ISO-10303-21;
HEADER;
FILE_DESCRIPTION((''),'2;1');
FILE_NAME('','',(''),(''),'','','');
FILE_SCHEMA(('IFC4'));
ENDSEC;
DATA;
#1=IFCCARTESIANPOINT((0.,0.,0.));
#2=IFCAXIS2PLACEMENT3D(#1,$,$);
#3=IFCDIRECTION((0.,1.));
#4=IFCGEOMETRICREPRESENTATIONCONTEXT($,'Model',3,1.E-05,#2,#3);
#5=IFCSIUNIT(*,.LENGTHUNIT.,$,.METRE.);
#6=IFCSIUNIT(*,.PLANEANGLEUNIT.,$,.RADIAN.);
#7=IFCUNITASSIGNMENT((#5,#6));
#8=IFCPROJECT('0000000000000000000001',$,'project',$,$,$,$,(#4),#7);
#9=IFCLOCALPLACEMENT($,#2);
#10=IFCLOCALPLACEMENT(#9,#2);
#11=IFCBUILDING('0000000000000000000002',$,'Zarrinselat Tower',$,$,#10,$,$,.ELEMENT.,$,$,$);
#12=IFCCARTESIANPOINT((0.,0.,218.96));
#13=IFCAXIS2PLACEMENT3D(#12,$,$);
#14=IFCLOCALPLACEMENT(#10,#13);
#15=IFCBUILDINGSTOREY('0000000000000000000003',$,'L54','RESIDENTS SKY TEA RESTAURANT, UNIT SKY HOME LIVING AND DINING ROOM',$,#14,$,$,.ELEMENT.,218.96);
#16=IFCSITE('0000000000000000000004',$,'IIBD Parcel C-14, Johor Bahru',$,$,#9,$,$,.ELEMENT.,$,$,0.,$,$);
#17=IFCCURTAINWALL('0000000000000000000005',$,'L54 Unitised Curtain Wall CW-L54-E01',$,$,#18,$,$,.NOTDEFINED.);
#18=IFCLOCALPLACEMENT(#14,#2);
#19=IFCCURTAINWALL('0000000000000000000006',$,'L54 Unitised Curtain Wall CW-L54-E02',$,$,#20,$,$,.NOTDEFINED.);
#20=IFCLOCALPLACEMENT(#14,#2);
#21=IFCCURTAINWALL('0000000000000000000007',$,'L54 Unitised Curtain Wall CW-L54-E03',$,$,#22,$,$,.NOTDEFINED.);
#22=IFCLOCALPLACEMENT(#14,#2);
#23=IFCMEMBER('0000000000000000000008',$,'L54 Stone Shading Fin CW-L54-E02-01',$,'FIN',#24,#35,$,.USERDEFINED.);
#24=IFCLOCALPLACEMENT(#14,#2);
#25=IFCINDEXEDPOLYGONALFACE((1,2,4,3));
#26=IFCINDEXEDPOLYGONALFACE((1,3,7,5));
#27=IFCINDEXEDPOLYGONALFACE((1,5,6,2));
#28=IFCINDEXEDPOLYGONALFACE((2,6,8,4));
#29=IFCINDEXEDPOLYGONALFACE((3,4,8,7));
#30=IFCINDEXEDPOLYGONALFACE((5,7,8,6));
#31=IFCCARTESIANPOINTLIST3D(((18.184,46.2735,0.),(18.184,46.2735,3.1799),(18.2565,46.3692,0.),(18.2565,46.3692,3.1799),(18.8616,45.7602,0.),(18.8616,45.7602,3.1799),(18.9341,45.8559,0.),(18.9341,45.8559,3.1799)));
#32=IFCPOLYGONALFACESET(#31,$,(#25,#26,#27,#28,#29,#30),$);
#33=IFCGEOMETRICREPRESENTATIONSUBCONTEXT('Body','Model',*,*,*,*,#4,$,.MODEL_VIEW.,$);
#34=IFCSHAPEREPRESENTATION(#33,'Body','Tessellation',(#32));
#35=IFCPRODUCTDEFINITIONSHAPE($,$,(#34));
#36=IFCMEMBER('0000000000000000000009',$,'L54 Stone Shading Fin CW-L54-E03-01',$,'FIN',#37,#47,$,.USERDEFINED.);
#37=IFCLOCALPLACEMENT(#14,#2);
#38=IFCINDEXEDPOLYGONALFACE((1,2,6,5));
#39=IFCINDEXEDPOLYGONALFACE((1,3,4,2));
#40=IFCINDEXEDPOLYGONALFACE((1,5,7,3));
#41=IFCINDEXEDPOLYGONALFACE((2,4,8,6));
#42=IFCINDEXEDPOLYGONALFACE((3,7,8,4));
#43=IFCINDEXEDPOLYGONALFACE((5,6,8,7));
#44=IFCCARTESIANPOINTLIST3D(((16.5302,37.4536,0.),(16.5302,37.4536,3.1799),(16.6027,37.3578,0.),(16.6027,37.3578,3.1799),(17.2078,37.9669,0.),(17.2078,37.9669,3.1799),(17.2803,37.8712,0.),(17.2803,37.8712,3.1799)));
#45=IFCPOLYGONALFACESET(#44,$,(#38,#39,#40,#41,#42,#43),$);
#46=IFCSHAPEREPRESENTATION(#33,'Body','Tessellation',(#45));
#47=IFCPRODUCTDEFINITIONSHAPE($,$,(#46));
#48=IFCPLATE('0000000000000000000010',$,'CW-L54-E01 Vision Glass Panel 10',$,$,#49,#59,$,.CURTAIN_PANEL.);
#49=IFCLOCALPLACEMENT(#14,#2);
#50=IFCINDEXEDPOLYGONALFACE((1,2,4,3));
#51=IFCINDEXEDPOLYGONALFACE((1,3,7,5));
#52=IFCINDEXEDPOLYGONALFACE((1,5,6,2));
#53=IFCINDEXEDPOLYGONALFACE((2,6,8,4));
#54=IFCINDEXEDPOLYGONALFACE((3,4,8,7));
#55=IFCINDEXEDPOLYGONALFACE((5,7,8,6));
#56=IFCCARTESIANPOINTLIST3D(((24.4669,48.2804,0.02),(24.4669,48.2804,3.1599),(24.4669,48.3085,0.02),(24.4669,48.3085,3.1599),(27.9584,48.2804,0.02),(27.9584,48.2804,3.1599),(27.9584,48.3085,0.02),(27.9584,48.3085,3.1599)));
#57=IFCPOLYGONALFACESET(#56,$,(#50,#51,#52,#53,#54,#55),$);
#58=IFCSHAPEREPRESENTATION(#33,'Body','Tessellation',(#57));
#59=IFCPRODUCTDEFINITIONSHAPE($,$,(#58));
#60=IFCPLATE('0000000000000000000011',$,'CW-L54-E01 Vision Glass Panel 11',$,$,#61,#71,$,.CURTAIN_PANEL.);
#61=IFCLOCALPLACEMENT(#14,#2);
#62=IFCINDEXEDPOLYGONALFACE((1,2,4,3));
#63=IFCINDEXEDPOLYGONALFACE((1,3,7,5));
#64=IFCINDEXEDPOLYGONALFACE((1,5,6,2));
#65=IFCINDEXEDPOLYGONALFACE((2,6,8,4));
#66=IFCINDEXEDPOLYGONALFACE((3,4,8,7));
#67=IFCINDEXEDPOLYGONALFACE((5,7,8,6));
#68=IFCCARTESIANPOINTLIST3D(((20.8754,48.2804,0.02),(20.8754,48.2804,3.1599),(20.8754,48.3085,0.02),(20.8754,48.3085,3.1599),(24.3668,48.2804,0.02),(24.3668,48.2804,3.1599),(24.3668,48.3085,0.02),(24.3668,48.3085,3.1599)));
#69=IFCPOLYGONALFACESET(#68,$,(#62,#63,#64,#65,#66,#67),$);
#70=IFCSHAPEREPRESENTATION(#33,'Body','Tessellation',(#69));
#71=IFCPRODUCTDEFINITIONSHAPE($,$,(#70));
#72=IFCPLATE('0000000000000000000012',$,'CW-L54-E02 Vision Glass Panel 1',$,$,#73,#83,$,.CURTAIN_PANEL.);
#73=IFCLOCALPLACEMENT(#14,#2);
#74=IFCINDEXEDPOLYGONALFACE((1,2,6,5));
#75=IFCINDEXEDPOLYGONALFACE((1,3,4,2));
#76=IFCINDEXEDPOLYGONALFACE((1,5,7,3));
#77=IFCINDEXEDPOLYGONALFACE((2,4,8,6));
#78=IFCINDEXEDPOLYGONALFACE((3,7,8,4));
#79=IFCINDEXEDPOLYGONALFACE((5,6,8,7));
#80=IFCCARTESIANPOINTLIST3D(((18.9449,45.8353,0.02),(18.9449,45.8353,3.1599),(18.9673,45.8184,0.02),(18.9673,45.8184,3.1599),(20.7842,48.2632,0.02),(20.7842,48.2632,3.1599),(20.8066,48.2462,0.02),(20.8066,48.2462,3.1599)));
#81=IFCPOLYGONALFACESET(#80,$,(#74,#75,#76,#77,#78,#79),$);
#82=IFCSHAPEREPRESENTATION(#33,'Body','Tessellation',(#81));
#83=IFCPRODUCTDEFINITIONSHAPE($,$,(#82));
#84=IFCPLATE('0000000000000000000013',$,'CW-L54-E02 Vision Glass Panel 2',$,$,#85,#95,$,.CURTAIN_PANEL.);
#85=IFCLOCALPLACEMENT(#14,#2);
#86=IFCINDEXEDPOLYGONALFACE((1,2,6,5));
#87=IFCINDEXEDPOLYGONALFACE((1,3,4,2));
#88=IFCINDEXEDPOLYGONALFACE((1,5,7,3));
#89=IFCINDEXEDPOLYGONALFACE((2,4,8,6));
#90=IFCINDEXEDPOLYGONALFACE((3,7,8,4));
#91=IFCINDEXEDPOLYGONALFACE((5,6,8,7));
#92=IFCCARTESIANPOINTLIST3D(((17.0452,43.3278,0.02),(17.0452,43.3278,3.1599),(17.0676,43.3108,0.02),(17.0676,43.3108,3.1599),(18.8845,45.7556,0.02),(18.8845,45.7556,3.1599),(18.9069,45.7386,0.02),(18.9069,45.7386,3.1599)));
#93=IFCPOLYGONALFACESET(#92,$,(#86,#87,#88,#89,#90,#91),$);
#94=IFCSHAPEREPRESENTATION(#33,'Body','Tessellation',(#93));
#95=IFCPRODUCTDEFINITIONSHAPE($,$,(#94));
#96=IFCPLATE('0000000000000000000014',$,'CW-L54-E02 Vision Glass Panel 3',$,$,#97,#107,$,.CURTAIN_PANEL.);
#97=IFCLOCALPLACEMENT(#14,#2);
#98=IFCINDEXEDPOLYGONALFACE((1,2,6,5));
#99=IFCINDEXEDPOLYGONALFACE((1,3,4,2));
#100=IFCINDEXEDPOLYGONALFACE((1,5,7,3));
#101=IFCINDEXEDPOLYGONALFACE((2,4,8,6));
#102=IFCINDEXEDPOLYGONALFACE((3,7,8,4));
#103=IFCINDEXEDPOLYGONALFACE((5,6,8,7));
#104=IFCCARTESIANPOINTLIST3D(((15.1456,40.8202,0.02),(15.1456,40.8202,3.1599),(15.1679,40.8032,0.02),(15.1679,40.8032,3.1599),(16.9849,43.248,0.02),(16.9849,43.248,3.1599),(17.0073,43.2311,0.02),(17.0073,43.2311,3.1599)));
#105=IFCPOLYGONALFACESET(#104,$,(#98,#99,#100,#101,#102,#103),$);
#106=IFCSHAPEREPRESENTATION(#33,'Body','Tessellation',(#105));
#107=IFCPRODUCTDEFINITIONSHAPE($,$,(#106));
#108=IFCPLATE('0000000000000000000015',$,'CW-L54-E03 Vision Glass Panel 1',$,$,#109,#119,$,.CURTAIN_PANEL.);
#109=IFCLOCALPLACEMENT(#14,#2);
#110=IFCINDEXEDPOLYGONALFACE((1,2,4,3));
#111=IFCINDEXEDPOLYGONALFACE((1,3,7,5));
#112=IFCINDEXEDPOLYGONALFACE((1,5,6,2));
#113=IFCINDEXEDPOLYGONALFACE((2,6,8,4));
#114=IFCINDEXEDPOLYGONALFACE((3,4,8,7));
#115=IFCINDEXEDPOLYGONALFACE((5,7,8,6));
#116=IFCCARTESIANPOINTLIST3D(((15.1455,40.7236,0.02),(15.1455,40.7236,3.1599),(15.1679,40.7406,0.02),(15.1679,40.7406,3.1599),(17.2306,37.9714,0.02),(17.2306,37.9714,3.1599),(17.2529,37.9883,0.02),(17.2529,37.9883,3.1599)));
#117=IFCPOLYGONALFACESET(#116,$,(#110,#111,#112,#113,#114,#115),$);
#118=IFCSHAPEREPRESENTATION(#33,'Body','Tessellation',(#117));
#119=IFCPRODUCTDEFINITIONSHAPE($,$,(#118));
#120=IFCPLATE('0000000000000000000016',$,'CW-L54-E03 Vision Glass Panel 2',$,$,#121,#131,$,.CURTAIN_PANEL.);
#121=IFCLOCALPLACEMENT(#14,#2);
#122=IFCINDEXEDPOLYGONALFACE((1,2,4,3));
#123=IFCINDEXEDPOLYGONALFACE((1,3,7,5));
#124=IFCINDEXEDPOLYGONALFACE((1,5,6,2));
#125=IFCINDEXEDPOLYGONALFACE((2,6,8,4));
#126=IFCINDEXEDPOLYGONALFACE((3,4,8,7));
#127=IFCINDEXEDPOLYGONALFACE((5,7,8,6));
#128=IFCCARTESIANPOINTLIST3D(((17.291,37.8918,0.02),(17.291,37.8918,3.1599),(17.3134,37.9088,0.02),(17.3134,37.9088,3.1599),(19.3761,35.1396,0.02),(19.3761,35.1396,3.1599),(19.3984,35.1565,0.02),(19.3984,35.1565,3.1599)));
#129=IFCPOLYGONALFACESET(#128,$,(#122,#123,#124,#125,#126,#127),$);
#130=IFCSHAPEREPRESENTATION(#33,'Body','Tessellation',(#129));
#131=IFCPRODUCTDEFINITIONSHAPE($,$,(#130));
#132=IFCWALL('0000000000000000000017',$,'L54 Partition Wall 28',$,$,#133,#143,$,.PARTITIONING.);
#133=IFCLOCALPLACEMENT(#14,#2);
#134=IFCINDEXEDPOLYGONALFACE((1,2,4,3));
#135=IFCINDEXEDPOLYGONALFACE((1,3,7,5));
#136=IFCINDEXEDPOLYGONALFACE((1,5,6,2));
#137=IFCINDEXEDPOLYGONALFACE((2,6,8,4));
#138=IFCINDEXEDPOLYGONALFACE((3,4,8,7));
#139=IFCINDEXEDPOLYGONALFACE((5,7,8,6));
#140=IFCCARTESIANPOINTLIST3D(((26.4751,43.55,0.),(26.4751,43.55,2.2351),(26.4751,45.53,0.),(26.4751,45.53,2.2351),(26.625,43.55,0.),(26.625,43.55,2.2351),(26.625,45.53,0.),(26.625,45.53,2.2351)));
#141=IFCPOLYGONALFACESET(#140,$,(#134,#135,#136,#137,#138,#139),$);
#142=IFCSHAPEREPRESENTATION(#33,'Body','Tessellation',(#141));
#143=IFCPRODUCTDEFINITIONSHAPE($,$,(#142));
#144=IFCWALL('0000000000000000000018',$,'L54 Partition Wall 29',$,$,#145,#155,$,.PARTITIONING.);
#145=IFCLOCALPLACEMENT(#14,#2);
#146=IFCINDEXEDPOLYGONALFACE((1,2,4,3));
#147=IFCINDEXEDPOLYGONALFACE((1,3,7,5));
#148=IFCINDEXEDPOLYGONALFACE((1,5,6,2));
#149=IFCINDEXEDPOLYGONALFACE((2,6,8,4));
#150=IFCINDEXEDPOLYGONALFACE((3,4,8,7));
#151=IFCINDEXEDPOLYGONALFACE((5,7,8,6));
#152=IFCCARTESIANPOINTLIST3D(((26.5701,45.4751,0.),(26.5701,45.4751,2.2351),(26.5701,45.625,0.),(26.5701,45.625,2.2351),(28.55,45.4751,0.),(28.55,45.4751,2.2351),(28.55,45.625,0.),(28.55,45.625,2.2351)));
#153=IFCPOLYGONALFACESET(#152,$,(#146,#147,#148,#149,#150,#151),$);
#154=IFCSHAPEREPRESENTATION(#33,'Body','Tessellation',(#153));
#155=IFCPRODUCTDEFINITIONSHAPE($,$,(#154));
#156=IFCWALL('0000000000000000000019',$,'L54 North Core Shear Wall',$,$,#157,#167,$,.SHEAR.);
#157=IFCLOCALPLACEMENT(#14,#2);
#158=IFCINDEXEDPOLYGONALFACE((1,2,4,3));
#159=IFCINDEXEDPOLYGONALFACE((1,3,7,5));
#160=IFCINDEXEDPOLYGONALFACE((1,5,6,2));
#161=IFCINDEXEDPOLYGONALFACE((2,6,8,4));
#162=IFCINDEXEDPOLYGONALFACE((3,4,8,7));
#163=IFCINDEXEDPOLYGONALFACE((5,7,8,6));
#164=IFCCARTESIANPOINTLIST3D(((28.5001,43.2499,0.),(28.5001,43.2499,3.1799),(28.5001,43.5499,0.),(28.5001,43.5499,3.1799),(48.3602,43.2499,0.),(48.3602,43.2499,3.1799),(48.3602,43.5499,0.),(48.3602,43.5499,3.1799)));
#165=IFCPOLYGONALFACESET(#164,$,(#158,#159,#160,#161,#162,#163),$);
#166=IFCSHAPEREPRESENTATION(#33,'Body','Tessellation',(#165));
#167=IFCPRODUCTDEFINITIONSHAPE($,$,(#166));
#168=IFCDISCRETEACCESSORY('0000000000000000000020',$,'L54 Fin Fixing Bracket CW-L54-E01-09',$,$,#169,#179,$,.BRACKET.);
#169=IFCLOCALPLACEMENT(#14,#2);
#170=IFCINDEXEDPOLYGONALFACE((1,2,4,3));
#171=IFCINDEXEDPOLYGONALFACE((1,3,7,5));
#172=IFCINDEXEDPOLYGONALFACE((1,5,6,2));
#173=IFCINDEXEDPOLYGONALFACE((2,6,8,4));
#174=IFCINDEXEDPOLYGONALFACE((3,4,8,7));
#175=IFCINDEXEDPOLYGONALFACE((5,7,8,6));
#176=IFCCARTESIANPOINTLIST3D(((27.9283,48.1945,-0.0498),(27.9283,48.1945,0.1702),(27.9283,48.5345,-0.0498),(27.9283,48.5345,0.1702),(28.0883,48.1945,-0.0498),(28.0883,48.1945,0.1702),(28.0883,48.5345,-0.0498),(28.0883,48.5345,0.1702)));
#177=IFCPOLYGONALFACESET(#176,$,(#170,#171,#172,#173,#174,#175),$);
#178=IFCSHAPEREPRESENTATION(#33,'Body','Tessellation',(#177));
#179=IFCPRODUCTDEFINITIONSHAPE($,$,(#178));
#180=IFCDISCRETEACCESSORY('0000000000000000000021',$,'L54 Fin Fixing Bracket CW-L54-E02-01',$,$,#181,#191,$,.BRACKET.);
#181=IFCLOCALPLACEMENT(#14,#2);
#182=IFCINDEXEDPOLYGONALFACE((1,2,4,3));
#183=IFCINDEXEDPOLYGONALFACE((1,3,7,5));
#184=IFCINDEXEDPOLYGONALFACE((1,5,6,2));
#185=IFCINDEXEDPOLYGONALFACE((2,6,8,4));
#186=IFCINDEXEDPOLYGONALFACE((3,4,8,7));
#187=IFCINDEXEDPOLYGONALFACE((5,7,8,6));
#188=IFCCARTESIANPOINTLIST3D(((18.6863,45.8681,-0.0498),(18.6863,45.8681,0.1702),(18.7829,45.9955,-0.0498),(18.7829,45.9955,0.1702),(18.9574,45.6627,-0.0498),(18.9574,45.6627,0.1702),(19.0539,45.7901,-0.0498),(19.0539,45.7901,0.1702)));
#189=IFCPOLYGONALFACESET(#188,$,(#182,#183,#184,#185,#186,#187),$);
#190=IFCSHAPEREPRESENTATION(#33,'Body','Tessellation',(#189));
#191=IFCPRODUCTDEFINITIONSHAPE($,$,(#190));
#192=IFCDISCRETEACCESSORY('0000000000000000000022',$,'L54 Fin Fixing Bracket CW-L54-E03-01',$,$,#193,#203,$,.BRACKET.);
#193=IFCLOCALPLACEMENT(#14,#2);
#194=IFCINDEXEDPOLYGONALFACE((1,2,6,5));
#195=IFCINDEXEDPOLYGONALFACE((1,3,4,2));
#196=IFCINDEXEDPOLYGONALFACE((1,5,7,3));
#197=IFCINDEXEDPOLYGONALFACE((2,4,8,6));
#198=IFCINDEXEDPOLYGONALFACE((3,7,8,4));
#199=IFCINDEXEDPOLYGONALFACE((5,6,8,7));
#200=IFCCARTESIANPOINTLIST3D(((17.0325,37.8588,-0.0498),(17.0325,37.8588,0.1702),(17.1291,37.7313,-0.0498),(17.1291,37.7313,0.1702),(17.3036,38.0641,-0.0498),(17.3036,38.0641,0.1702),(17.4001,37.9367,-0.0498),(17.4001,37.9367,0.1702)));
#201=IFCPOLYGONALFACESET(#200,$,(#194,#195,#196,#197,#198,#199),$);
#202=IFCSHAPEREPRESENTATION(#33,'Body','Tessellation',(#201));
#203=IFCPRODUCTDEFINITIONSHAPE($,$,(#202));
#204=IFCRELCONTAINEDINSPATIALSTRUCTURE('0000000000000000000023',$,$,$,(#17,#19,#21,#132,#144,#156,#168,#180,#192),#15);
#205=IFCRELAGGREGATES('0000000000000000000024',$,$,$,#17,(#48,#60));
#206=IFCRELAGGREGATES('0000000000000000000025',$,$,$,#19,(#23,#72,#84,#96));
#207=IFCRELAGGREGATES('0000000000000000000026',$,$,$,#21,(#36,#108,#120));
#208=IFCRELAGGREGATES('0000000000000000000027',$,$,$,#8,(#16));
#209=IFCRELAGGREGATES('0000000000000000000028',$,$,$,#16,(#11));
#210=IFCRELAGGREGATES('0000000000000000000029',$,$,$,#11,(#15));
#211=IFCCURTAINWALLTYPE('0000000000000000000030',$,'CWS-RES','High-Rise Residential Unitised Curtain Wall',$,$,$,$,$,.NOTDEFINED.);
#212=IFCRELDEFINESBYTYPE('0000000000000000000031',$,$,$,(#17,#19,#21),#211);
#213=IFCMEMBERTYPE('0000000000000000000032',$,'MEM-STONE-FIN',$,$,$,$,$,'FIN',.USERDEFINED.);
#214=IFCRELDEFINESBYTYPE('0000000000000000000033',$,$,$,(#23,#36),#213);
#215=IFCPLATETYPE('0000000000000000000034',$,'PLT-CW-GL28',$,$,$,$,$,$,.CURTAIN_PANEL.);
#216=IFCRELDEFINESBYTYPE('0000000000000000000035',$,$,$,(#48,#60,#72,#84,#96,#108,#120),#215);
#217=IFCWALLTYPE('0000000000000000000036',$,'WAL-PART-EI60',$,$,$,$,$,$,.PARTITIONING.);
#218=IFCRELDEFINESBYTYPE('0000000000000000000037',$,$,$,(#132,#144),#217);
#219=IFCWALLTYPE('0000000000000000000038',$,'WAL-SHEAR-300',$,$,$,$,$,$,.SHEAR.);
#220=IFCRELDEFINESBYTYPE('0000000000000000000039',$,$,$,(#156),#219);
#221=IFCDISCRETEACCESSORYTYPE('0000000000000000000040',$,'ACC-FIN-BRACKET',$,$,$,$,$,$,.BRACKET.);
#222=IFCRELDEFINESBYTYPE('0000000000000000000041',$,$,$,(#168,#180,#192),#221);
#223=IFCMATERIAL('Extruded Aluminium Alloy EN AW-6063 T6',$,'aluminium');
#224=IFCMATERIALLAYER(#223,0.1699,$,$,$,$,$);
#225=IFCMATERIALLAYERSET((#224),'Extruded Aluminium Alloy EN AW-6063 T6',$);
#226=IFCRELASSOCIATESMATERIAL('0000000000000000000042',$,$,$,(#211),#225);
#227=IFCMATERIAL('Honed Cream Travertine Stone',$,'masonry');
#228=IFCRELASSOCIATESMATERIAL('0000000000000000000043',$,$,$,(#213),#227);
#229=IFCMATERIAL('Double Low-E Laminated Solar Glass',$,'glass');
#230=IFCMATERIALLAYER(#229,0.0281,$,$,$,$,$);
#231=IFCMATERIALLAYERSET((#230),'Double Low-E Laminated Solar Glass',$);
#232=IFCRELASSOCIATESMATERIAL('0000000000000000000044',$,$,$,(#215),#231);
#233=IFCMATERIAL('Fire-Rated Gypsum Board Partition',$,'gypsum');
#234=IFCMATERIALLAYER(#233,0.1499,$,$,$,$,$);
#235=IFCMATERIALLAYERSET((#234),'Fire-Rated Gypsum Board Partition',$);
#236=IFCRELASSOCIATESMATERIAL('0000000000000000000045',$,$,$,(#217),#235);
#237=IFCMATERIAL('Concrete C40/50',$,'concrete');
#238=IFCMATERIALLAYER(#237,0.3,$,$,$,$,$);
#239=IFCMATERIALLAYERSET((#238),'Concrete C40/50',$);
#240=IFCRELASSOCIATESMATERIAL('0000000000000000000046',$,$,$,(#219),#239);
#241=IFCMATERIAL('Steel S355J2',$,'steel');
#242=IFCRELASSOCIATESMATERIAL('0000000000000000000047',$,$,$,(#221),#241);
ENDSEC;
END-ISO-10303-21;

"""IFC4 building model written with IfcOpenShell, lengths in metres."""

from ifc_helpers import new_model, si_unit, direction, frame, frame_2d, origin, origin_2d, place, context, subcontext, project, spatial, rectangle, extrude, material, layer, layer_set, material_profile, profile_set, type_object, element, aggregate, save


model = new_model("IFC4")

# Units and contexts
model_context = context("Model", 3, precision=1e-05, world=origin(), true_north=direction((0.0, 1.0)))
body_context = subcontext(model_context, "Body", "Model", "MODEL_VIEW")
ifc_project = project(units=[si_unit("LENGTHUNIT", "METRE"), si_unit("PLANEANGLEUNIT", "RADIAN")], contexts=[model_context])

# Site, building, storey
site_placement = place(None, origin())
site = spatial("IfcSite", under=ifc_project, at=site_placement, Name="IIBD Parcel C-14, Johor Bahru", CompositionType="ELEMENT", RefElevation=0.0)
building_placement = place(site_placement, origin())
building = spatial("IfcBuilding", under=site, at=building_placement, Name="Zarrinselat Tower", CompositionType="ELEMENT")
storey_placement = place(building_placement, frame((0.0, 0.0, 218.96)))
storey = spatial("IfcBuildingStorey", under=building, at=storey_placement, Name="L54", Description="RESIDENTS SKY TEA RESTAURANT, UNIT SKY HOME LIVING AND DINING ROOM", CompositionType="ELEMENT", Elevation=218.96)

# Curtain walls
ifc_material_1 = material(Name="Extruded Aluminium Alloy EN AW-6063 T6", Category="aluminium")
ifc_layer_1 = layer(ifc_material_1, 0.1699)
ifc_layer_set_1 = layer_set([ifc_layer_1], Name="Extruded Aluminium Alloy EN AW-6063 T6")
curtain_wall_type = type_object("IfcCurtainWallType", Name="CWS-RES", Description="High-Rise Residential Unitised Curtain Wall", PredefinedType="NOTDEFINED", material=ifc_layer_set_1)
curtain_wall_1_placement = place(storey_placement, origin())
curtain_wall_1 = element("IfcCurtainWall", 1, at=curtain_wall_1_placement, inside=storey, type_object=curtain_wall_type, Name="L54 Unitised Curtain Wall CW-L54-E01", PredefinedType="NOTDEFINED")
curtain_wall_2_placement = place(storey_placement, origin())
curtain_wall_2 = element("IfcCurtainWall", 2, at=curtain_wall_2_placement, inside=storey, type_object=curtain_wall_type, Name="L54 Unitised Curtain Wall CW-L54-E02", PredefinedType="NOTDEFINED")
curtain_wall_3_placement = place(storey_placement, origin())
curtain_wall_3 = element("IfcCurtainWall", 3, at=curtain_wall_3_placement, inside=storey, type_object=curtain_wall_type, Name="L54 Unitised Curtain Wall CW-L54-E03", PredefinedType="NOTDEFINED")

# Members
ifc_material_2 = material(Name="Honed Cream Travertine Stone", Category="masonry")
ifc_material_profile_1 = material_profile(ifc_material_2, rectangle(XDim=0.1201, YDim=0.8501, at=origin_2d()), Name="FIN 850x120")
ifc_profile_set_1 = profile_set([ifc_material_profile_1], Name="Honed Cream Travertine Stone")
member_type_1 = type_object("IfcMemberType", Name="MEM-STONE-FIN", ElementType="FIN", PredefinedType="USERDEFINED", material=ifc_profile_set_1)
member_1_placement = place(storey_placement, frame((18.5591, 46.0647, 0.0), z_axis=(0.0, 0.0, 1.0), x_axis=(0.603865, 0.797086, 0.0)))
member_1 = element("IfcMember", 4, at=member_1_placement, type_object=member_type_1, Name="L54 Stone Shading Fin CW-L54-E02-01", ObjectType="FIN", PredefinedType="USERDEFINED", context=body_context, shape_type="SweptSolid", body=[
    extrude(rectangle(XDim=0.1201, YDim=0.8501, at=origin_2d()), origin(), (0.0, 0.0, 1.0), 3.1799),
])
member_2_placement = place(storey_placement, frame((16.9053, 37.6624, 0.0), z_axis=(0.0, 0.0, 1.0), x_axis=(-0.60386, 0.797091, 0.0)))
member_2 = element("IfcMember", 5, at=member_2_placement, type_object=member_type_1, Name="L54 Stone Shading Fin CW-L54-E03-01", ObjectType="FIN", PredefinedType="USERDEFINED", context=body_context, shape_type="SweptSolid", body=[
    extrude(rectangle(XDim=0.1201, YDim=0.8501, at=origin_2d()), origin(), (0.0, 0.0, 1.0), 3.1799),
])

# Plates
ifc_material_3 = material(Name="Double Low-E Laminated Solar Glass", Category="glass")
ifc_layer_2 = layer(ifc_material_3, 0.0281)
ifc_layer_set_2 = layer_set([ifc_layer_2], Name="Double Low-E Laminated Solar Glass")
plate_type = type_object("IfcPlateType", Name="PLT-CW-GL28", PredefinedType="CURTAIN_PANEL", material=ifc_layer_set_2)
plate_1_placement = place(storey_placement, frame((26.2126, 48.2944, 0.02), z_axis=(0.0, 0.0, 1.0), x_axis=(-1.0, 0.0, 0.0)))
plate_1 = element("IfcPlate", 6, at=plate_1_placement, type_object=plate_type, Name="CW-L54-E01 Vision Glass Panel 10", PredefinedType="CURTAIN_PANEL", context=body_context, shape_type="SweptSolid", body=[
    extrude(rectangle(XDim=3.4915, YDim=0.0281, at=origin_2d()), origin(), (0.0, 0.0, 1.0), 3.1399),
])
plate_2_placement = place(storey_placement, frame((22.6211, 48.2944, 0.02), z_axis=(0.0, 0.0, 1.0), x_axis=(-1.0, 0.0, 0.0)))
plate_2 = element("IfcPlate", 7, at=plate_2_placement, type_object=plate_type, Name="CW-L54-E01 Vision Glass Panel 11", PredefinedType="CURTAIN_PANEL", context=body_context, shape_type="SweptSolid", body=[
    extrude(rectangle(XDim=3.4915, YDim=0.0281, at=origin_2d()), origin(), (0.0, 0.0, 1.0), 3.1399),
])
aggregate(curtain_wall_1, [plate_1, plate_2])
plate_3_placement = place(storey_placement, frame((19.8757, 47.0408, 0.02), z_axis=(0.0, 0.0, 1.0), x_axis=(-0.603865, -0.797086, 0.0)))
plate_3 = element("IfcPlate", 8, at=plate_3_placement, type_object=plate_type, Name="CW-L54-E02 Vision Glass Panel 1", PredefinedType="CURTAIN_PANEL", context=body_context, shape_type="SweptSolid", body=[
    extrude(rectangle(XDim=3.0459, YDim=0.0281, at=origin_2d()), origin(), (0.0, 0.0, 1.0), 3.1399),
])
plate_4_placement = place(storey_placement, frame((17.9761, 44.5332, 0.02), z_axis=(0.0, 0.0, 1.0), x_axis=(-0.603865, -0.797086, 0.0)))
plate_4 = element("IfcPlate", 9, at=plate_4_placement, type_object=plate_type, Name="CW-L54-E02 Vision Glass Panel 2", PredefinedType="CURTAIN_PANEL", context=body_context, shape_type="SweptSolid", body=[
    extrude(rectangle(XDim=3.0459, YDim=0.0281, at=origin_2d()), origin(), (0.0, 0.0, 1.0), 3.1399),
])
plate_5_placement = place(storey_placement, frame((16.0764, 42.0256, 0.02), z_axis=(0.0, 0.0, 1.0), x_axis=(-0.603865, -0.797086, 0.0)))
plate_5 = element("IfcPlate", 10, at=plate_5_placement, type_object=plate_type, Name="CW-L54-E02 Vision Glass Panel 3", PredefinedType="CURTAIN_PANEL", context=body_context, shape_type="SweptSolid", body=[
    extrude(rectangle(XDim=3.0459, YDim=0.0281, at=origin_2d()), origin(), (0.0, 0.0, 1.0), 3.1399),
])
aggregate(curtain_wall_2, [member_1, plate_3, plate_4, plate_5])
plate_6_placement = place(storey_placement, frame((16.1992, 39.356, 0.02), z_axis=(0.0, 0.0, 1.0), x_axis=(0.60386, -0.797091, 0.0)))
plate_6 = element("IfcPlate", 11, at=plate_6_placement, type_object=plate_type, Name="CW-L54-E03 Vision Glass Panel 1", PredefinedType="CURTAIN_PANEL", context=body_context, shape_type="SweptSolid", body=[
    extrude(rectangle(XDim=3.4529, YDim=0.0281, at=origin_2d()), origin(), (0.0, 0.0, 1.0), 3.1399),
])
plate_7_placement = place(storey_placement, frame((18.3447, 36.5242, 0.02), z_axis=(0.0, 0.0, 1.0), x_axis=(0.60386, -0.797091, 0.0)))
plate_7 = element("IfcPlate", 12, at=plate_7_placement, type_object=plate_type, Name="CW-L54-E03 Vision Glass Panel 2", PredefinedType="CURTAIN_PANEL", context=body_context, shape_type="SweptSolid", body=[
    extrude(rectangle(XDim=3.4529, YDim=0.0281, at=origin_2d()), origin(), (0.0, 0.0, 1.0), 3.1399),
])
aggregate(curtain_wall_3, [member_2, plate_6, plate_7])

# Walls
ifc_material_4 = material(Name="Fire-Rated Gypsum Board Partition", Category="gypsum")
ifc_layer_3 = layer(ifc_material_4, 0.1499)
ifc_layer_set_3 = layer_set([ifc_layer_3], Name="Fire-Rated Gypsum Board Partition")
wall_type_1 = type_object("IfcWallType", Name="WAL-PART-EI60", PredefinedType="PARTITIONING", material=ifc_layer_set_3)
for number, where, z_axis, x_axis, name in (
    (13, (26.55, 43.55, 0.0), (0.0, 0.0, 1.0), (0.0, 1.0, 0.0), "L54 Partition Wall 28"),
    (14, (26.5701, 45.55, 0.0), (0.0, 0.0, 1.0), (1.0, 0.0, 0.0), "L54 Partition Wall 29"),
):
    element("IfcWall", number, at=place(storey_placement, frame(where, z_axis=z_axis, x_axis=x_axis)), inside=storey, type_object=wall_type_1, Name=name, PredefinedType="PARTITIONING", context=body_context, shape_type="SweptSolid", body=[
        extrude(rectangle(XDim=1.98, YDim=0.1499, at=frame_2d((0.99, 0.0))), origin(), (0.0, 0.0, 1.0), 2.2351),
    ])
ifc_material_5 = material(Name="Concrete C40/50", Category="concrete")
ifc_layer_4 = layer(ifc_material_5, 0.3)
ifc_layer_set_4 = layer_set([ifc_layer_4], Name="Concrete C40/50")
wall_type_2 = type_object("IfcWallType", Name="WAL-SHEAR-300", PredefinedType="SHEAR", material=ifc_layer_set_4)
wall_placement = place(storey_placement, frame((28.5, 43.3999, 0.0), z_axis=(0.0, 0.0, 1.0), x_axis=(1.0, 0.0, 0.0)))
element("IfcWall", 15, at=wall_placement, inside=storey, type_object=wall_type_2, Name="L54 North Core Shear Wall", PredefinedType="SHEAR", context=body_context, shape_type="SweptSolid", body=[
    extrude(rectangle(XDim=19.8601, YDim=0.3, at=frame_2d((9.9302, 0.0))), origin(), (0.0, 0.0, 1.0), 3.1799),
])

# Discrete accessories
ifc_material_6 = material(Name="Steel S355J2", Category="steel")
discrete_accessory_type = type_object("IfcDiscreteAccessoryType", Name="ACC-FIN-BRACKET", PredefinedType="BRACKET", material=ifc_material_6)
for number, where, z_axis, x_axis, name in (
    (16, (28.0083, 48.3645, -0.0498), (0.0, 0.0, 1.0), (0.0, 1.0, 0.0), "L54 Fin Fixing Bracket CW-L54-E01-09"),
    (17, (18.8701, 45.8291, -0.0498), (0.0, 0.0, 1.0), (-0.797086, 0.603865, 0.0), "L54 Fin Fixing Bracket CW-L54-E02-01"),
    (18, (17.2163, 37.8977, -0.0498), (0.0, 0.0, 1.0), (-0.797091, -0.60386, 0.0), "L54 Fin Fixing Bracket CW-L54-E03-01"),
):
    element("IfcDiscreteAccessory", number, at=place(storey_placement, frame(where, z_axis=z_axis, x_axis=x_axis)), inside=storey, type_object=discrete_accessory_type, Name=name, PredefinedType="BRACKET", context=body_context, shape_type="SweptSolid", body=[
        extrude(rectangle(XDim=0.3401, YDim=0.1599, at=origin_2d()), origin(), (0.0, 0.0, 1.0), 0.22),
    ])

save(model, "model.ifc")
